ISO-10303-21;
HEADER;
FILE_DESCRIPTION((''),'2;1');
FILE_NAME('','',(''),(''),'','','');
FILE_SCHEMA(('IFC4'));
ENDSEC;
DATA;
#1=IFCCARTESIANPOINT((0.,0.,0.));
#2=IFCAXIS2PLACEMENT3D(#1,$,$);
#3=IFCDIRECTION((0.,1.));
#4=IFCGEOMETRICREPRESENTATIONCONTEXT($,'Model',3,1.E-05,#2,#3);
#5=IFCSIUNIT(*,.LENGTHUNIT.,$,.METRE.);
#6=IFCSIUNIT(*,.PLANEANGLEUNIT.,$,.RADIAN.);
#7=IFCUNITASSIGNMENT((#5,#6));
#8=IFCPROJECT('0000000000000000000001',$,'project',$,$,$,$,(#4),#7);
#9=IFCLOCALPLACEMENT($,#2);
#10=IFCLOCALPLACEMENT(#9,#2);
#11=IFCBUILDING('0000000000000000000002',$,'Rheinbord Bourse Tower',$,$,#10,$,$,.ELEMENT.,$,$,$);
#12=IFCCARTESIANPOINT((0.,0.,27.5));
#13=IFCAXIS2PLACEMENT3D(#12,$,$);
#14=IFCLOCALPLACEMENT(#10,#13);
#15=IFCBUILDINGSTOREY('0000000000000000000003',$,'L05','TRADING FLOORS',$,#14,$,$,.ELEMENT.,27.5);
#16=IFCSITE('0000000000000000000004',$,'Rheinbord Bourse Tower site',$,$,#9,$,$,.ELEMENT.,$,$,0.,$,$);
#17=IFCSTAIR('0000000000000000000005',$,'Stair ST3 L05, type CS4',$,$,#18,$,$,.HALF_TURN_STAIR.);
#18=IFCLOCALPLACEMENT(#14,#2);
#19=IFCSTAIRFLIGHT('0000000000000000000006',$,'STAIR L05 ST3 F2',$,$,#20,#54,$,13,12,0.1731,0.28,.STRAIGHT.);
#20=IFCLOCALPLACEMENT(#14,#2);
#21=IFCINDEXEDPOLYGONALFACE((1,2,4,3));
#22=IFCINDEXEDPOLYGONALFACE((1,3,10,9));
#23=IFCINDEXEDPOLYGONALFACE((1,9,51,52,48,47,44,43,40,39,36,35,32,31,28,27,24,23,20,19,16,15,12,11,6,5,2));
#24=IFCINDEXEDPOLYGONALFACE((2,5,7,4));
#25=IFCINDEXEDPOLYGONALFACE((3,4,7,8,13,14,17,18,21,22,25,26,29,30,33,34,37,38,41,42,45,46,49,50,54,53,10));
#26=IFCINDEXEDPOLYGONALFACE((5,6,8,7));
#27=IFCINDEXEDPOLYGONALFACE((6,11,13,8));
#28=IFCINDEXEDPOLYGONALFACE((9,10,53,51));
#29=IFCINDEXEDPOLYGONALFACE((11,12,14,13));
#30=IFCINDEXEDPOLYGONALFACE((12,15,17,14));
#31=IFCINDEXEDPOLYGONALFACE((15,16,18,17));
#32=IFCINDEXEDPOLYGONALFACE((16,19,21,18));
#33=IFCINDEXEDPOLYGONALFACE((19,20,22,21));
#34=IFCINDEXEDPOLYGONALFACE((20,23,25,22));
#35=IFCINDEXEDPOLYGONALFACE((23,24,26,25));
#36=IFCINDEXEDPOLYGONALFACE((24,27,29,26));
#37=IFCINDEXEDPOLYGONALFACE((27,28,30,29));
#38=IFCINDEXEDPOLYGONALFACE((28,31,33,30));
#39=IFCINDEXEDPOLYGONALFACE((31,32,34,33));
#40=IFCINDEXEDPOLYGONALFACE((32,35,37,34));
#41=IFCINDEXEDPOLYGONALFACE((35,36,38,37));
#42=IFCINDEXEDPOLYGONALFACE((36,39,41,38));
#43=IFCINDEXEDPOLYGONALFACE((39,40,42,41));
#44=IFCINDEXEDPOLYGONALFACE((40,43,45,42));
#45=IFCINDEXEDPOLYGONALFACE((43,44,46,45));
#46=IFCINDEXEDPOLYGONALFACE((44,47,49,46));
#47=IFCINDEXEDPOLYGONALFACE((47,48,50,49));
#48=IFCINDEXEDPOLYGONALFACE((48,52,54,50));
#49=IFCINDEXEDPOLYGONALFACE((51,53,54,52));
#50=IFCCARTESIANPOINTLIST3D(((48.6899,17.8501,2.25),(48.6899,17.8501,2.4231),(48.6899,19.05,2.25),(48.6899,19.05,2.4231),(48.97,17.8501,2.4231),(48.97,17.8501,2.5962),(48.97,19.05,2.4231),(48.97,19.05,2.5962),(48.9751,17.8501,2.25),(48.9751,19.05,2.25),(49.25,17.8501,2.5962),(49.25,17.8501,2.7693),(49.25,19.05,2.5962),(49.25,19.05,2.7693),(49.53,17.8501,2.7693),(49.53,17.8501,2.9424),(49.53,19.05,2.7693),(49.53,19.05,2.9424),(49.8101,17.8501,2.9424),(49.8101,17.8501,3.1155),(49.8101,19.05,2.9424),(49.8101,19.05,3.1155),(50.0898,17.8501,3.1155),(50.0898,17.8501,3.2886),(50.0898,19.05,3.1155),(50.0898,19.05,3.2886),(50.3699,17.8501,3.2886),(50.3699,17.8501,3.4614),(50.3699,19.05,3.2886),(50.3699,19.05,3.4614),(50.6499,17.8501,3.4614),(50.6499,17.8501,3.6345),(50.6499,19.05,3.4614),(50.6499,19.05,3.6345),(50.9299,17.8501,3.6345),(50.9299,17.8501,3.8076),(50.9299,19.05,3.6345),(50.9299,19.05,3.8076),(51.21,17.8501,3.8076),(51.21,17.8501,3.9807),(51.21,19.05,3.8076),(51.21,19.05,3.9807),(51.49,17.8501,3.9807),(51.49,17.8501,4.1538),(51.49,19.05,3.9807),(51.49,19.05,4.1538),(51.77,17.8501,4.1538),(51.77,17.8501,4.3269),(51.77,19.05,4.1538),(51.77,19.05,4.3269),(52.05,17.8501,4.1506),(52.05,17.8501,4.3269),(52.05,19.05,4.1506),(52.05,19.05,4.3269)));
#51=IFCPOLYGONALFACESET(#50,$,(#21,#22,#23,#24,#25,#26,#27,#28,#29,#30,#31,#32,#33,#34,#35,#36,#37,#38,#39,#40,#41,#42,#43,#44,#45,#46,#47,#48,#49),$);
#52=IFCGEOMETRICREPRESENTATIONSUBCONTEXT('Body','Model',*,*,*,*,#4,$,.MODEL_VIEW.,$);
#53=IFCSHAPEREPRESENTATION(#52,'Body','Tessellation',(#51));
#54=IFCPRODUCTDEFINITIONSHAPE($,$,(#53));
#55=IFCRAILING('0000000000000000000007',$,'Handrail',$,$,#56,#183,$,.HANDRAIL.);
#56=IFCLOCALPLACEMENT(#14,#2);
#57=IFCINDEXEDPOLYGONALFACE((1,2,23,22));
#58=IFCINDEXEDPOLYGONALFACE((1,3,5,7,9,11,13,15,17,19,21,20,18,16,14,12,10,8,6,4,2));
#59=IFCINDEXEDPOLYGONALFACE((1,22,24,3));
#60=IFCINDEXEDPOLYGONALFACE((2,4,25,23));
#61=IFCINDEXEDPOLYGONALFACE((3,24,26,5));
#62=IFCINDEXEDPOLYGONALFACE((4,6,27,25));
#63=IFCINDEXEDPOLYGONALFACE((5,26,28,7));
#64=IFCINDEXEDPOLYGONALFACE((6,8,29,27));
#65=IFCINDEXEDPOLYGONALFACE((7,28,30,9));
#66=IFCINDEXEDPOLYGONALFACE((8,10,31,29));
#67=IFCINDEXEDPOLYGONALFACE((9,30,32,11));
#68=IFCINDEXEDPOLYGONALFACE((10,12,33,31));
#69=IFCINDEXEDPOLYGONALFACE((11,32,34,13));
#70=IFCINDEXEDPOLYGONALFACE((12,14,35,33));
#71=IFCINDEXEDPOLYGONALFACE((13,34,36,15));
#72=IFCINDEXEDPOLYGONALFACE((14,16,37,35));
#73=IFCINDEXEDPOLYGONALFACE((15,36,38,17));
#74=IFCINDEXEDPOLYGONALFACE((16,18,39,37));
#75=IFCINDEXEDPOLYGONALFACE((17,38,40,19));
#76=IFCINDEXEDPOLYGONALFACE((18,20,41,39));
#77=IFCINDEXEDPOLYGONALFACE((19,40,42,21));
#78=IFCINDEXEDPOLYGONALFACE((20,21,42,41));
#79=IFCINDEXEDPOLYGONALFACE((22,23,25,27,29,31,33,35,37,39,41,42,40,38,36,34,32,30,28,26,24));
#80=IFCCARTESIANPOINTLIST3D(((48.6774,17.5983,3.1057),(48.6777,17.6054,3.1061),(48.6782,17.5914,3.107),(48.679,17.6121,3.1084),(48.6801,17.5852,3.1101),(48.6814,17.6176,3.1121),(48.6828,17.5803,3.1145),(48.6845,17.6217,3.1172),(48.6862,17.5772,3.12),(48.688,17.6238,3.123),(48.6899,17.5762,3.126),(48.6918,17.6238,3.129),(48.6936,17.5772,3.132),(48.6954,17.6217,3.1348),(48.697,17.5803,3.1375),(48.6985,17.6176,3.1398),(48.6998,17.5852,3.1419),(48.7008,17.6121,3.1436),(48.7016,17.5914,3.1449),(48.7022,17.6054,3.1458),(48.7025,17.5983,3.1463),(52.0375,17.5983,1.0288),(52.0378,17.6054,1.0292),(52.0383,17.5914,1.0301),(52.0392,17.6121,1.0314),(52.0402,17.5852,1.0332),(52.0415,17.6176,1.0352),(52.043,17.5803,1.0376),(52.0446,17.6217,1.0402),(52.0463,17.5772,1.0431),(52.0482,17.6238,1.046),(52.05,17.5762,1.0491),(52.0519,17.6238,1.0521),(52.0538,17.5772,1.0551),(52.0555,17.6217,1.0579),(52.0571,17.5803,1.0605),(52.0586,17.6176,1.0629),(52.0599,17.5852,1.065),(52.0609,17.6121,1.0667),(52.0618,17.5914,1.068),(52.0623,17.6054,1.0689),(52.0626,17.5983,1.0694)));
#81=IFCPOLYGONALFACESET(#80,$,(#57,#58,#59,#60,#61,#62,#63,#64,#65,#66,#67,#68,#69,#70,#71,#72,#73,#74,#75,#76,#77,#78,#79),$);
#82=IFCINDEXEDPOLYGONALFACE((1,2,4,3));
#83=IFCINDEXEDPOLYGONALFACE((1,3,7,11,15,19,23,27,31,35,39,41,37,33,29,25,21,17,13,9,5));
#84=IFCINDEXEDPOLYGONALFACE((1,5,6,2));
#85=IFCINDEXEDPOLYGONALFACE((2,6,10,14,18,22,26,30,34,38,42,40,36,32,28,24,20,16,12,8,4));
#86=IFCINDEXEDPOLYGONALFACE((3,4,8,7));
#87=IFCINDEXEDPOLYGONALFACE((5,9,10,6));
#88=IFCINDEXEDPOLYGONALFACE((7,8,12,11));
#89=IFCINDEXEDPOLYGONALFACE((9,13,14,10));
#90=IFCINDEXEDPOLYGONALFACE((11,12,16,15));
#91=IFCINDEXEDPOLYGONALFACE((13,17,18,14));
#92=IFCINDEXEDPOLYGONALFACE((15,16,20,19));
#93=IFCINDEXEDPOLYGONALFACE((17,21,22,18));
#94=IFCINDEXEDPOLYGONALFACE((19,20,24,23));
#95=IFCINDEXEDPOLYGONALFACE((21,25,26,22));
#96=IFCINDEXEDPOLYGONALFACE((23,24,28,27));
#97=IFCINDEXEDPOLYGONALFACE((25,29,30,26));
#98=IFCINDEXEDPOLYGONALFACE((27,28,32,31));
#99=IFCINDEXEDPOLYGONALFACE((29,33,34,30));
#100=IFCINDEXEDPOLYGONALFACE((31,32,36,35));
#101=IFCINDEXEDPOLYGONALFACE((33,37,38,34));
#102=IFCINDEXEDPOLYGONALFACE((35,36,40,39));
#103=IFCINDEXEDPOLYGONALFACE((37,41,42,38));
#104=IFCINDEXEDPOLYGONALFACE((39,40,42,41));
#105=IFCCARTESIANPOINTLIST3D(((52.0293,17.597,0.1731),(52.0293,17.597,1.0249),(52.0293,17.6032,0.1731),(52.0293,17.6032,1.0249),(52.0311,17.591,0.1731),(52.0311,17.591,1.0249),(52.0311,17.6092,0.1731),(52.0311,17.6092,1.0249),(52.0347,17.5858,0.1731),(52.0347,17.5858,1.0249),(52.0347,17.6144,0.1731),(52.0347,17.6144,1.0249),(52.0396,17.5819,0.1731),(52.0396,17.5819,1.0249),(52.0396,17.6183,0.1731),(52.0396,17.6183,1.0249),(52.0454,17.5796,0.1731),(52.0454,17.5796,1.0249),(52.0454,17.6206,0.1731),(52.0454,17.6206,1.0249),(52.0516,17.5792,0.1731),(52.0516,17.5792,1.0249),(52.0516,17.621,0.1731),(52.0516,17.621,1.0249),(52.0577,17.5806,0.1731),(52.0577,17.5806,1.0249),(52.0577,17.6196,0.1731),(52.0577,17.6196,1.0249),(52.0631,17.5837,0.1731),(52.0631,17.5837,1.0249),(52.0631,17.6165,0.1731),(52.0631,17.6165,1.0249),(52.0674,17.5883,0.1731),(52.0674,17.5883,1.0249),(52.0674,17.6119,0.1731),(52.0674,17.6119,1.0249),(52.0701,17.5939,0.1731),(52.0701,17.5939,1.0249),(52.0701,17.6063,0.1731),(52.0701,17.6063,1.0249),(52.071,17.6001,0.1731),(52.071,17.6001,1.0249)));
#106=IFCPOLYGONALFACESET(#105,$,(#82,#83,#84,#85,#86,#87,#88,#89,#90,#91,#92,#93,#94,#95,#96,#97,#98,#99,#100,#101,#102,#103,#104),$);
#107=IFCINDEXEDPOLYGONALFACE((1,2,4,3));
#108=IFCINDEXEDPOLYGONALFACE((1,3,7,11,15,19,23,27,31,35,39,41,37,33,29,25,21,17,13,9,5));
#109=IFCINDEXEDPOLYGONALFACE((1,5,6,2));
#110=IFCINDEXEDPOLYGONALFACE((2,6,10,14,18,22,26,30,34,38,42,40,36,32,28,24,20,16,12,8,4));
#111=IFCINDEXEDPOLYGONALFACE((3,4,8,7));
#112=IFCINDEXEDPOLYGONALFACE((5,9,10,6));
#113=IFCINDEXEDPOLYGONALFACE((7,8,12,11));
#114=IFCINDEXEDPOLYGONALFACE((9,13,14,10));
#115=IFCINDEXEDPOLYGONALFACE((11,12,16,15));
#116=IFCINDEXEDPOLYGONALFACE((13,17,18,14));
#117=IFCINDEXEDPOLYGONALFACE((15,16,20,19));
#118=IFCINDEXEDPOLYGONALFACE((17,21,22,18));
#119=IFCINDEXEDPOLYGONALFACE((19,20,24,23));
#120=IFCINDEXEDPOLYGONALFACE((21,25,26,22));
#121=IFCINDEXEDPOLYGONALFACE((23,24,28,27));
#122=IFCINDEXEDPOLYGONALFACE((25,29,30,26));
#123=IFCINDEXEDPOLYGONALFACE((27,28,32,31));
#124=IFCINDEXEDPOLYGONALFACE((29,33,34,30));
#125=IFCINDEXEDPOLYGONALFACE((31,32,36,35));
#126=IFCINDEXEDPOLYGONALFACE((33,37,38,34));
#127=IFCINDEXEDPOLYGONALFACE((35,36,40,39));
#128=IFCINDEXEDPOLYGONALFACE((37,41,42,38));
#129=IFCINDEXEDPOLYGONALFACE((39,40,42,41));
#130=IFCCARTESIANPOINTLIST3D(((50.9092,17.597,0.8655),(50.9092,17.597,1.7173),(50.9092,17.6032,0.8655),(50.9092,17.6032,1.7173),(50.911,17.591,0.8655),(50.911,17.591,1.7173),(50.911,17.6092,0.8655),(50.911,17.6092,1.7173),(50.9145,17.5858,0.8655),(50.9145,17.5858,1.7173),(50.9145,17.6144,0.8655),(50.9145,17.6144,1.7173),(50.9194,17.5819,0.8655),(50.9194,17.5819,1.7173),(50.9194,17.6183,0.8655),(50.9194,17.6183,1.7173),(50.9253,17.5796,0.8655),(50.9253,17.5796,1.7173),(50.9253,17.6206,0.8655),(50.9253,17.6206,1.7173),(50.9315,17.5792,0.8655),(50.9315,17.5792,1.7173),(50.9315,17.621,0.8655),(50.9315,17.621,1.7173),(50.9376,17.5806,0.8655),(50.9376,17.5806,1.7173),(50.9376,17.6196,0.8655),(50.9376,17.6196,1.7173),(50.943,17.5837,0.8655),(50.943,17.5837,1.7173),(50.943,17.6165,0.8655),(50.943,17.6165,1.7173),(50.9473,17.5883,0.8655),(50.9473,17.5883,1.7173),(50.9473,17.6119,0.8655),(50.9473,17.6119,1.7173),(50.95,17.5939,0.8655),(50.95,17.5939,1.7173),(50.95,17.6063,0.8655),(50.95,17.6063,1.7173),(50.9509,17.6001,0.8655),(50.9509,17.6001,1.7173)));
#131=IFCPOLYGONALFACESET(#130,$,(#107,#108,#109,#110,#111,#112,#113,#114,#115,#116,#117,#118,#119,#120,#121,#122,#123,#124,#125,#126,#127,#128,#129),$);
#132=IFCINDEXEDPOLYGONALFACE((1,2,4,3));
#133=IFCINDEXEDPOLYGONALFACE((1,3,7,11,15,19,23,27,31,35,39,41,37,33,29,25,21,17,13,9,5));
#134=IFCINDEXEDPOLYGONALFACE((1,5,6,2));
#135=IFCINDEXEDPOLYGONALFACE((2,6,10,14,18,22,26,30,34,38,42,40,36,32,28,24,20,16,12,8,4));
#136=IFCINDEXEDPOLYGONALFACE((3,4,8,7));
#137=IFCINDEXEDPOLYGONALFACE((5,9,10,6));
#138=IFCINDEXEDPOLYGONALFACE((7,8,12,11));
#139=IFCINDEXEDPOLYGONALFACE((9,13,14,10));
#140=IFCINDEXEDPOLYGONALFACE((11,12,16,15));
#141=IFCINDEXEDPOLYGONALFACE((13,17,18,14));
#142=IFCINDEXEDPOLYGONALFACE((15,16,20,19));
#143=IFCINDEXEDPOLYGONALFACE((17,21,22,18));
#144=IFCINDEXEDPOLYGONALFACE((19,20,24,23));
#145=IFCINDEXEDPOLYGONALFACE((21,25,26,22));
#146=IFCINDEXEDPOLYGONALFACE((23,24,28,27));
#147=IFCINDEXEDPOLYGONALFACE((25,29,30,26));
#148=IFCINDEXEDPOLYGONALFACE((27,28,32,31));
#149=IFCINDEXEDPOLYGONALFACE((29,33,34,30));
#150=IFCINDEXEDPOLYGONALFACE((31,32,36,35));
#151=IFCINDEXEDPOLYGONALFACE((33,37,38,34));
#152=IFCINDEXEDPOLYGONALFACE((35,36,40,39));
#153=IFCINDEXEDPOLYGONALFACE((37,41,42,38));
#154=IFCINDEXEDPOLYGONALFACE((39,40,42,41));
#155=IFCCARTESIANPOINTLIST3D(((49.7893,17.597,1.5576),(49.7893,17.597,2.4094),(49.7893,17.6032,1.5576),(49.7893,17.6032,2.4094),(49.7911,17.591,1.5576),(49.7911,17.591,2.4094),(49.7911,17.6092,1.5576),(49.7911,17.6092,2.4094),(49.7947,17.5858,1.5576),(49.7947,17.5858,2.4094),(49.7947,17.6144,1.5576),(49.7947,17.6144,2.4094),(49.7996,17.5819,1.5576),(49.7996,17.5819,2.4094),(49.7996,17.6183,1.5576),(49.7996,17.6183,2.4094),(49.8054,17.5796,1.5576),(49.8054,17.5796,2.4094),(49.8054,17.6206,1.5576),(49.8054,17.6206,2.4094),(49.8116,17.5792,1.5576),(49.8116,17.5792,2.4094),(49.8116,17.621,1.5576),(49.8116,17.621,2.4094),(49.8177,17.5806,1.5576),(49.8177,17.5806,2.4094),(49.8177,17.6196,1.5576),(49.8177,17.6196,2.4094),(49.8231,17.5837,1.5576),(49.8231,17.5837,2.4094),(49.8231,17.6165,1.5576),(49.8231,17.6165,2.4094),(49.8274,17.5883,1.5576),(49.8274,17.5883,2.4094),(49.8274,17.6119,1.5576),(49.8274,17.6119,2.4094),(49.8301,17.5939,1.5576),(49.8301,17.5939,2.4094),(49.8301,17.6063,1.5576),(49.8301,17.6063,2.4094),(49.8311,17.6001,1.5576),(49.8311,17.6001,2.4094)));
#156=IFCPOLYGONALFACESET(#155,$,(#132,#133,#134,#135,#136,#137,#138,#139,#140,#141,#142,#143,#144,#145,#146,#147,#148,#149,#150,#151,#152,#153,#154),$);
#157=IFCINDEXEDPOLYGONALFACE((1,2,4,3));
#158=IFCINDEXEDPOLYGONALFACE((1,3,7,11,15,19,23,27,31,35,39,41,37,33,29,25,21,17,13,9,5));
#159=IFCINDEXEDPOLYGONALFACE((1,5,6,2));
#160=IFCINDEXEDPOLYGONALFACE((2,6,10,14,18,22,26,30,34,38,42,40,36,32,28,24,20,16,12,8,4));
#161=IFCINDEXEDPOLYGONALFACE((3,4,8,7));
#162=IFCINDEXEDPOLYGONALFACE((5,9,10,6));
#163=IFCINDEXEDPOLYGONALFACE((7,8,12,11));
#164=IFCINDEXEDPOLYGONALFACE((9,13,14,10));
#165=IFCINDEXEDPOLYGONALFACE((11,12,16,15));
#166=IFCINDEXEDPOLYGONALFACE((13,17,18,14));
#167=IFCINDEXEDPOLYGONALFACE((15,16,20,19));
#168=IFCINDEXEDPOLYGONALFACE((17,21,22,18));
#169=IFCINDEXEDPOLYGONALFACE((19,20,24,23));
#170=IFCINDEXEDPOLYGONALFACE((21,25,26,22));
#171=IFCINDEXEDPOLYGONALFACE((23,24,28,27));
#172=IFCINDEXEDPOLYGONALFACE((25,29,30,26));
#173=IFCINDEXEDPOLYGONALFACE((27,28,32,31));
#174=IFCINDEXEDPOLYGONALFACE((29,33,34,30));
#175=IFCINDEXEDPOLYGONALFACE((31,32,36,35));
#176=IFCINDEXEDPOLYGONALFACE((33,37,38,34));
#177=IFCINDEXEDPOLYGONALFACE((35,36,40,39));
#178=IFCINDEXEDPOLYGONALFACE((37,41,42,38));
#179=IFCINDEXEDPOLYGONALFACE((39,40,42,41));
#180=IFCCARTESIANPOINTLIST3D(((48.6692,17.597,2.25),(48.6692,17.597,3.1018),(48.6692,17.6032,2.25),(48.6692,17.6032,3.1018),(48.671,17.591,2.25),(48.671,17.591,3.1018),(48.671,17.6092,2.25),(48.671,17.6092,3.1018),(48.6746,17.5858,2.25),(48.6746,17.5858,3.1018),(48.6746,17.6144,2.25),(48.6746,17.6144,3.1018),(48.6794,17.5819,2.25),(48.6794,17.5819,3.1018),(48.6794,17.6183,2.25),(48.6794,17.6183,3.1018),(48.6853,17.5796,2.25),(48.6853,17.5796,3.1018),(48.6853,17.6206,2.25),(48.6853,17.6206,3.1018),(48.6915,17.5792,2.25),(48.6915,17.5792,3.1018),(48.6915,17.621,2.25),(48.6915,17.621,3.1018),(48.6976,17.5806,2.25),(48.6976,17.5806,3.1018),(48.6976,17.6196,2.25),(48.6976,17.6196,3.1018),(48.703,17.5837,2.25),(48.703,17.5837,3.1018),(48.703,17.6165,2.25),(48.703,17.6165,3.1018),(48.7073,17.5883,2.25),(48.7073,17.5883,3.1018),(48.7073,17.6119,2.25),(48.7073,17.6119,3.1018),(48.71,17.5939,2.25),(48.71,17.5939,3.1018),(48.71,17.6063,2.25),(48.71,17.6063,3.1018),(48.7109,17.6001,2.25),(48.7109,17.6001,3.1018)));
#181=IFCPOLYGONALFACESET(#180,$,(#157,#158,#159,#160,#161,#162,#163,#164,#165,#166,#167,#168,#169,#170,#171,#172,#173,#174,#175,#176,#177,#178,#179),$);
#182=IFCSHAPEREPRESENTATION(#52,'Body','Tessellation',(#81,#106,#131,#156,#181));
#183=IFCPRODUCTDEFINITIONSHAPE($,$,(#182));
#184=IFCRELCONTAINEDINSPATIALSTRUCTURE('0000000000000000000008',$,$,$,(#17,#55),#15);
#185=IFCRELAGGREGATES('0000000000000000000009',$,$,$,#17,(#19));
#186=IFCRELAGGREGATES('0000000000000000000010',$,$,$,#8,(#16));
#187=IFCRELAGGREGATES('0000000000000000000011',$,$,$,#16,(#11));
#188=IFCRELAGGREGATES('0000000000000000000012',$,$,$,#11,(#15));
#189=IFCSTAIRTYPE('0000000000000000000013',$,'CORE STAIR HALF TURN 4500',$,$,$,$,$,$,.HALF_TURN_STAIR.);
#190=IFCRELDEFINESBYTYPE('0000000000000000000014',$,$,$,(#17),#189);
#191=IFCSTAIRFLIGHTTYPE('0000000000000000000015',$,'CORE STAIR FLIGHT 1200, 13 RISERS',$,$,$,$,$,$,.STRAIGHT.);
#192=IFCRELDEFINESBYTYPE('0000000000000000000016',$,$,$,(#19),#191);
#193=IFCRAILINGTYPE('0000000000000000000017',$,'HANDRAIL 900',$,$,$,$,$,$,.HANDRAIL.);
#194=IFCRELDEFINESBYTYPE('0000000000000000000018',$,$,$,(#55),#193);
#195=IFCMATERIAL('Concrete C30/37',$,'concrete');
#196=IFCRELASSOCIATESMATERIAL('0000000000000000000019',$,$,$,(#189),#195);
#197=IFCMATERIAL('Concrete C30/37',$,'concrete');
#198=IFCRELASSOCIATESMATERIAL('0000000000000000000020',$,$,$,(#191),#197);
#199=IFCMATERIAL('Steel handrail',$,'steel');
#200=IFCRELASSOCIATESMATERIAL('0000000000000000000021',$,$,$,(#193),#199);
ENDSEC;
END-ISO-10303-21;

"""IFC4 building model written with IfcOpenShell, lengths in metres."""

from ifc_helpers import new_model, si_unit, direction, frame, origin, origin_2d, place, context, subcontext, project, spatial, polyline, circle, outline, extrude, material, type_object, element, aggregate, save


model = new_model("IFC4")

# Units and contexts
model_context = context("Model", 3, precision=1e-05, world=origin(), true_north=direction((0.0, 1.0)))
body_context = subcontext(model_context, "Body", "Model", "MODEL_VIEW")
ifc_project = project(units=[si_unit("LENGTHUNIT", "METRE"), si_unit("PLANEANGLEUNIT", "RADIAN")], contexts=[model_context])

# Site, building, storey
site_placement = place(None, origin())
site = spatial("IfcSite", under=ifc_project, at=site_placement, Name="Rheinbord Bourse Tower site", CompositionType="ELEMENT", RefElevation=0.0)
building_placement = place(site_placement, origin())
building = spatial("IfcBuilding", under=site, at=building_placement, Name="Rheinbord Bourse Tower", CompositionType="ELEMENT")
storey_placement = place(building_placement, frame((0.0, 0.0, 27.5)))
storey = spatial("IfcBuildingStorey", under=building, at=storey_placement, Name="L05", Description="TRADING FLOORS", CompositionType="ELEMENT", Elevation=27.5)

# Stair, stair flight
ifc_material_1 = material(Name="Concrete C30/37", Category="concrete")
stair_type = type_object("IfcStairType", Name="CORE STAIR HALF TURN 4500", PredefinedType="HALF_TURN_STAIR", material=ifc_material_1)
stair_placement = place(storey_placement, origin())
stair = element("IfcStair", 1, at=stair_placement, inside=storey, type_object=stair_type, Name="Stair ST3 L05, type CS4", PredefinedType="HALF_TURN_STAIR")
ifc_material_2 = material(Name="Concrete C30/37", Category="concrete")
stair_flight_type = type_object("IfcStairFlightType", Name="CORE STAIR FLIGHT 1200, 13 RISERS", PredefinedType="STRAIGHT", material=ifc_material_2)
stair_flight_1_placement = place(storey_placement, frame((48.6899, 18.45, 2.25), z_axis=(0.0, 0.0, 1.0), x_axis=(1.0, 0.0, 0.0)))
stair_flight_1 = element("IfcStairFlight", 2, at=stair_flight_1_placement, type_object=stair_flight_type, Name="STAIR L05 ST3 F2", NumberOfRisers=13, NumberOfTreads=12, PredefinedType="STRAIGHT", RiserHeight=0.1731, TreadLength=0.28, context=body_context, shape_type="SweptSolid", body=[
    extrude(outline(polyline([(0.0, 0.0), (0.0, 0.1731), (0.28, 0.1731), (0.28, 0.3462), (0.5601, 0.3462), (0.5601, 0.5193), (0.8401, 0.5193), (0.8401, 0.6924), (1.1201, 0.6924), (1.1201, 0.8655), (1.3999, 0.8655), (1.3999, 1.0386), (1.6799, 1.0386), (1.6799, 1.2114), (1.96, 1.2114), (1.96, 1.3845), (2.24, 1.3845), (2.24, 1.5576), (2.52, 1.5576), (2.52, 1.7307), (2.8, 1.7307), (2.8, 1.9038), (3.0801, 1.9038), (3.0801, 2.0769), (3.3601, 2.0769), (3.3601, 2.25), (3.3601, 1.9006), (0.2852, 0.0), (0.0, 0.0)])), frame((0.0, 0.6001, 0.0), z_axis=(0.0, -1.0, 0.0), x_axis=(1.0, 0.0, 0.0)), (0.0, 0.0, 1.0), 1.2),
])
aggregate(stair, [stair_flight_1])

# Railing
ifc_material_3 = material(Name="Steel handrail", Category="steel")
railing_type = type_object("IfcRailingType", Name="HANDRAIL 900", PredefinedType="HANDRAIL", material=ifc_material_3)
railing_1_placement = place(storey_placement, frame((52.05, 17.6001, 0.1731)))
element("IfcRailing", 3, at=railing_1_placement, inside=storey, type_object=railing_type, Name="Handrail", PredefinedType="HANDRAIL", context=body_context, shape_type="SweptSolid", body=[
    extrude(circle(Radius=0.0239, at=origin_2d()), frame((0.0, 0.0, 0.876), z_axis=(-0.850623, 0.0, 0.525776), x_axis=(0.0, -1.0, 0.0)), (0.0, 0.0, 1.0), 3.9502),
    extrude(circle(Radius=0.021, at=origin_2d()), origin(), (0.0, 0.0, 1.0), 0.8518),
    extrude(circle(Radius=0.021, at=origin_2d()), frame((-1.1201, 0.0, 0.6924)), (0.0, 0.0, 1.0), 0.8518),
    extrude(circle(Radius=0.021, at=origin_2d()), frame((-2.24, 0.0, 1.3845)), (0.0, 0.0, 1.0), 0.8518),
    extrude(circle(Radius=0.021, at=origin_2d()), frame((-3.3601, 0.0, 2.0769)), (0.0, 0.0, 1.0), 0.8518),
])

save(model, "model.ifc")
